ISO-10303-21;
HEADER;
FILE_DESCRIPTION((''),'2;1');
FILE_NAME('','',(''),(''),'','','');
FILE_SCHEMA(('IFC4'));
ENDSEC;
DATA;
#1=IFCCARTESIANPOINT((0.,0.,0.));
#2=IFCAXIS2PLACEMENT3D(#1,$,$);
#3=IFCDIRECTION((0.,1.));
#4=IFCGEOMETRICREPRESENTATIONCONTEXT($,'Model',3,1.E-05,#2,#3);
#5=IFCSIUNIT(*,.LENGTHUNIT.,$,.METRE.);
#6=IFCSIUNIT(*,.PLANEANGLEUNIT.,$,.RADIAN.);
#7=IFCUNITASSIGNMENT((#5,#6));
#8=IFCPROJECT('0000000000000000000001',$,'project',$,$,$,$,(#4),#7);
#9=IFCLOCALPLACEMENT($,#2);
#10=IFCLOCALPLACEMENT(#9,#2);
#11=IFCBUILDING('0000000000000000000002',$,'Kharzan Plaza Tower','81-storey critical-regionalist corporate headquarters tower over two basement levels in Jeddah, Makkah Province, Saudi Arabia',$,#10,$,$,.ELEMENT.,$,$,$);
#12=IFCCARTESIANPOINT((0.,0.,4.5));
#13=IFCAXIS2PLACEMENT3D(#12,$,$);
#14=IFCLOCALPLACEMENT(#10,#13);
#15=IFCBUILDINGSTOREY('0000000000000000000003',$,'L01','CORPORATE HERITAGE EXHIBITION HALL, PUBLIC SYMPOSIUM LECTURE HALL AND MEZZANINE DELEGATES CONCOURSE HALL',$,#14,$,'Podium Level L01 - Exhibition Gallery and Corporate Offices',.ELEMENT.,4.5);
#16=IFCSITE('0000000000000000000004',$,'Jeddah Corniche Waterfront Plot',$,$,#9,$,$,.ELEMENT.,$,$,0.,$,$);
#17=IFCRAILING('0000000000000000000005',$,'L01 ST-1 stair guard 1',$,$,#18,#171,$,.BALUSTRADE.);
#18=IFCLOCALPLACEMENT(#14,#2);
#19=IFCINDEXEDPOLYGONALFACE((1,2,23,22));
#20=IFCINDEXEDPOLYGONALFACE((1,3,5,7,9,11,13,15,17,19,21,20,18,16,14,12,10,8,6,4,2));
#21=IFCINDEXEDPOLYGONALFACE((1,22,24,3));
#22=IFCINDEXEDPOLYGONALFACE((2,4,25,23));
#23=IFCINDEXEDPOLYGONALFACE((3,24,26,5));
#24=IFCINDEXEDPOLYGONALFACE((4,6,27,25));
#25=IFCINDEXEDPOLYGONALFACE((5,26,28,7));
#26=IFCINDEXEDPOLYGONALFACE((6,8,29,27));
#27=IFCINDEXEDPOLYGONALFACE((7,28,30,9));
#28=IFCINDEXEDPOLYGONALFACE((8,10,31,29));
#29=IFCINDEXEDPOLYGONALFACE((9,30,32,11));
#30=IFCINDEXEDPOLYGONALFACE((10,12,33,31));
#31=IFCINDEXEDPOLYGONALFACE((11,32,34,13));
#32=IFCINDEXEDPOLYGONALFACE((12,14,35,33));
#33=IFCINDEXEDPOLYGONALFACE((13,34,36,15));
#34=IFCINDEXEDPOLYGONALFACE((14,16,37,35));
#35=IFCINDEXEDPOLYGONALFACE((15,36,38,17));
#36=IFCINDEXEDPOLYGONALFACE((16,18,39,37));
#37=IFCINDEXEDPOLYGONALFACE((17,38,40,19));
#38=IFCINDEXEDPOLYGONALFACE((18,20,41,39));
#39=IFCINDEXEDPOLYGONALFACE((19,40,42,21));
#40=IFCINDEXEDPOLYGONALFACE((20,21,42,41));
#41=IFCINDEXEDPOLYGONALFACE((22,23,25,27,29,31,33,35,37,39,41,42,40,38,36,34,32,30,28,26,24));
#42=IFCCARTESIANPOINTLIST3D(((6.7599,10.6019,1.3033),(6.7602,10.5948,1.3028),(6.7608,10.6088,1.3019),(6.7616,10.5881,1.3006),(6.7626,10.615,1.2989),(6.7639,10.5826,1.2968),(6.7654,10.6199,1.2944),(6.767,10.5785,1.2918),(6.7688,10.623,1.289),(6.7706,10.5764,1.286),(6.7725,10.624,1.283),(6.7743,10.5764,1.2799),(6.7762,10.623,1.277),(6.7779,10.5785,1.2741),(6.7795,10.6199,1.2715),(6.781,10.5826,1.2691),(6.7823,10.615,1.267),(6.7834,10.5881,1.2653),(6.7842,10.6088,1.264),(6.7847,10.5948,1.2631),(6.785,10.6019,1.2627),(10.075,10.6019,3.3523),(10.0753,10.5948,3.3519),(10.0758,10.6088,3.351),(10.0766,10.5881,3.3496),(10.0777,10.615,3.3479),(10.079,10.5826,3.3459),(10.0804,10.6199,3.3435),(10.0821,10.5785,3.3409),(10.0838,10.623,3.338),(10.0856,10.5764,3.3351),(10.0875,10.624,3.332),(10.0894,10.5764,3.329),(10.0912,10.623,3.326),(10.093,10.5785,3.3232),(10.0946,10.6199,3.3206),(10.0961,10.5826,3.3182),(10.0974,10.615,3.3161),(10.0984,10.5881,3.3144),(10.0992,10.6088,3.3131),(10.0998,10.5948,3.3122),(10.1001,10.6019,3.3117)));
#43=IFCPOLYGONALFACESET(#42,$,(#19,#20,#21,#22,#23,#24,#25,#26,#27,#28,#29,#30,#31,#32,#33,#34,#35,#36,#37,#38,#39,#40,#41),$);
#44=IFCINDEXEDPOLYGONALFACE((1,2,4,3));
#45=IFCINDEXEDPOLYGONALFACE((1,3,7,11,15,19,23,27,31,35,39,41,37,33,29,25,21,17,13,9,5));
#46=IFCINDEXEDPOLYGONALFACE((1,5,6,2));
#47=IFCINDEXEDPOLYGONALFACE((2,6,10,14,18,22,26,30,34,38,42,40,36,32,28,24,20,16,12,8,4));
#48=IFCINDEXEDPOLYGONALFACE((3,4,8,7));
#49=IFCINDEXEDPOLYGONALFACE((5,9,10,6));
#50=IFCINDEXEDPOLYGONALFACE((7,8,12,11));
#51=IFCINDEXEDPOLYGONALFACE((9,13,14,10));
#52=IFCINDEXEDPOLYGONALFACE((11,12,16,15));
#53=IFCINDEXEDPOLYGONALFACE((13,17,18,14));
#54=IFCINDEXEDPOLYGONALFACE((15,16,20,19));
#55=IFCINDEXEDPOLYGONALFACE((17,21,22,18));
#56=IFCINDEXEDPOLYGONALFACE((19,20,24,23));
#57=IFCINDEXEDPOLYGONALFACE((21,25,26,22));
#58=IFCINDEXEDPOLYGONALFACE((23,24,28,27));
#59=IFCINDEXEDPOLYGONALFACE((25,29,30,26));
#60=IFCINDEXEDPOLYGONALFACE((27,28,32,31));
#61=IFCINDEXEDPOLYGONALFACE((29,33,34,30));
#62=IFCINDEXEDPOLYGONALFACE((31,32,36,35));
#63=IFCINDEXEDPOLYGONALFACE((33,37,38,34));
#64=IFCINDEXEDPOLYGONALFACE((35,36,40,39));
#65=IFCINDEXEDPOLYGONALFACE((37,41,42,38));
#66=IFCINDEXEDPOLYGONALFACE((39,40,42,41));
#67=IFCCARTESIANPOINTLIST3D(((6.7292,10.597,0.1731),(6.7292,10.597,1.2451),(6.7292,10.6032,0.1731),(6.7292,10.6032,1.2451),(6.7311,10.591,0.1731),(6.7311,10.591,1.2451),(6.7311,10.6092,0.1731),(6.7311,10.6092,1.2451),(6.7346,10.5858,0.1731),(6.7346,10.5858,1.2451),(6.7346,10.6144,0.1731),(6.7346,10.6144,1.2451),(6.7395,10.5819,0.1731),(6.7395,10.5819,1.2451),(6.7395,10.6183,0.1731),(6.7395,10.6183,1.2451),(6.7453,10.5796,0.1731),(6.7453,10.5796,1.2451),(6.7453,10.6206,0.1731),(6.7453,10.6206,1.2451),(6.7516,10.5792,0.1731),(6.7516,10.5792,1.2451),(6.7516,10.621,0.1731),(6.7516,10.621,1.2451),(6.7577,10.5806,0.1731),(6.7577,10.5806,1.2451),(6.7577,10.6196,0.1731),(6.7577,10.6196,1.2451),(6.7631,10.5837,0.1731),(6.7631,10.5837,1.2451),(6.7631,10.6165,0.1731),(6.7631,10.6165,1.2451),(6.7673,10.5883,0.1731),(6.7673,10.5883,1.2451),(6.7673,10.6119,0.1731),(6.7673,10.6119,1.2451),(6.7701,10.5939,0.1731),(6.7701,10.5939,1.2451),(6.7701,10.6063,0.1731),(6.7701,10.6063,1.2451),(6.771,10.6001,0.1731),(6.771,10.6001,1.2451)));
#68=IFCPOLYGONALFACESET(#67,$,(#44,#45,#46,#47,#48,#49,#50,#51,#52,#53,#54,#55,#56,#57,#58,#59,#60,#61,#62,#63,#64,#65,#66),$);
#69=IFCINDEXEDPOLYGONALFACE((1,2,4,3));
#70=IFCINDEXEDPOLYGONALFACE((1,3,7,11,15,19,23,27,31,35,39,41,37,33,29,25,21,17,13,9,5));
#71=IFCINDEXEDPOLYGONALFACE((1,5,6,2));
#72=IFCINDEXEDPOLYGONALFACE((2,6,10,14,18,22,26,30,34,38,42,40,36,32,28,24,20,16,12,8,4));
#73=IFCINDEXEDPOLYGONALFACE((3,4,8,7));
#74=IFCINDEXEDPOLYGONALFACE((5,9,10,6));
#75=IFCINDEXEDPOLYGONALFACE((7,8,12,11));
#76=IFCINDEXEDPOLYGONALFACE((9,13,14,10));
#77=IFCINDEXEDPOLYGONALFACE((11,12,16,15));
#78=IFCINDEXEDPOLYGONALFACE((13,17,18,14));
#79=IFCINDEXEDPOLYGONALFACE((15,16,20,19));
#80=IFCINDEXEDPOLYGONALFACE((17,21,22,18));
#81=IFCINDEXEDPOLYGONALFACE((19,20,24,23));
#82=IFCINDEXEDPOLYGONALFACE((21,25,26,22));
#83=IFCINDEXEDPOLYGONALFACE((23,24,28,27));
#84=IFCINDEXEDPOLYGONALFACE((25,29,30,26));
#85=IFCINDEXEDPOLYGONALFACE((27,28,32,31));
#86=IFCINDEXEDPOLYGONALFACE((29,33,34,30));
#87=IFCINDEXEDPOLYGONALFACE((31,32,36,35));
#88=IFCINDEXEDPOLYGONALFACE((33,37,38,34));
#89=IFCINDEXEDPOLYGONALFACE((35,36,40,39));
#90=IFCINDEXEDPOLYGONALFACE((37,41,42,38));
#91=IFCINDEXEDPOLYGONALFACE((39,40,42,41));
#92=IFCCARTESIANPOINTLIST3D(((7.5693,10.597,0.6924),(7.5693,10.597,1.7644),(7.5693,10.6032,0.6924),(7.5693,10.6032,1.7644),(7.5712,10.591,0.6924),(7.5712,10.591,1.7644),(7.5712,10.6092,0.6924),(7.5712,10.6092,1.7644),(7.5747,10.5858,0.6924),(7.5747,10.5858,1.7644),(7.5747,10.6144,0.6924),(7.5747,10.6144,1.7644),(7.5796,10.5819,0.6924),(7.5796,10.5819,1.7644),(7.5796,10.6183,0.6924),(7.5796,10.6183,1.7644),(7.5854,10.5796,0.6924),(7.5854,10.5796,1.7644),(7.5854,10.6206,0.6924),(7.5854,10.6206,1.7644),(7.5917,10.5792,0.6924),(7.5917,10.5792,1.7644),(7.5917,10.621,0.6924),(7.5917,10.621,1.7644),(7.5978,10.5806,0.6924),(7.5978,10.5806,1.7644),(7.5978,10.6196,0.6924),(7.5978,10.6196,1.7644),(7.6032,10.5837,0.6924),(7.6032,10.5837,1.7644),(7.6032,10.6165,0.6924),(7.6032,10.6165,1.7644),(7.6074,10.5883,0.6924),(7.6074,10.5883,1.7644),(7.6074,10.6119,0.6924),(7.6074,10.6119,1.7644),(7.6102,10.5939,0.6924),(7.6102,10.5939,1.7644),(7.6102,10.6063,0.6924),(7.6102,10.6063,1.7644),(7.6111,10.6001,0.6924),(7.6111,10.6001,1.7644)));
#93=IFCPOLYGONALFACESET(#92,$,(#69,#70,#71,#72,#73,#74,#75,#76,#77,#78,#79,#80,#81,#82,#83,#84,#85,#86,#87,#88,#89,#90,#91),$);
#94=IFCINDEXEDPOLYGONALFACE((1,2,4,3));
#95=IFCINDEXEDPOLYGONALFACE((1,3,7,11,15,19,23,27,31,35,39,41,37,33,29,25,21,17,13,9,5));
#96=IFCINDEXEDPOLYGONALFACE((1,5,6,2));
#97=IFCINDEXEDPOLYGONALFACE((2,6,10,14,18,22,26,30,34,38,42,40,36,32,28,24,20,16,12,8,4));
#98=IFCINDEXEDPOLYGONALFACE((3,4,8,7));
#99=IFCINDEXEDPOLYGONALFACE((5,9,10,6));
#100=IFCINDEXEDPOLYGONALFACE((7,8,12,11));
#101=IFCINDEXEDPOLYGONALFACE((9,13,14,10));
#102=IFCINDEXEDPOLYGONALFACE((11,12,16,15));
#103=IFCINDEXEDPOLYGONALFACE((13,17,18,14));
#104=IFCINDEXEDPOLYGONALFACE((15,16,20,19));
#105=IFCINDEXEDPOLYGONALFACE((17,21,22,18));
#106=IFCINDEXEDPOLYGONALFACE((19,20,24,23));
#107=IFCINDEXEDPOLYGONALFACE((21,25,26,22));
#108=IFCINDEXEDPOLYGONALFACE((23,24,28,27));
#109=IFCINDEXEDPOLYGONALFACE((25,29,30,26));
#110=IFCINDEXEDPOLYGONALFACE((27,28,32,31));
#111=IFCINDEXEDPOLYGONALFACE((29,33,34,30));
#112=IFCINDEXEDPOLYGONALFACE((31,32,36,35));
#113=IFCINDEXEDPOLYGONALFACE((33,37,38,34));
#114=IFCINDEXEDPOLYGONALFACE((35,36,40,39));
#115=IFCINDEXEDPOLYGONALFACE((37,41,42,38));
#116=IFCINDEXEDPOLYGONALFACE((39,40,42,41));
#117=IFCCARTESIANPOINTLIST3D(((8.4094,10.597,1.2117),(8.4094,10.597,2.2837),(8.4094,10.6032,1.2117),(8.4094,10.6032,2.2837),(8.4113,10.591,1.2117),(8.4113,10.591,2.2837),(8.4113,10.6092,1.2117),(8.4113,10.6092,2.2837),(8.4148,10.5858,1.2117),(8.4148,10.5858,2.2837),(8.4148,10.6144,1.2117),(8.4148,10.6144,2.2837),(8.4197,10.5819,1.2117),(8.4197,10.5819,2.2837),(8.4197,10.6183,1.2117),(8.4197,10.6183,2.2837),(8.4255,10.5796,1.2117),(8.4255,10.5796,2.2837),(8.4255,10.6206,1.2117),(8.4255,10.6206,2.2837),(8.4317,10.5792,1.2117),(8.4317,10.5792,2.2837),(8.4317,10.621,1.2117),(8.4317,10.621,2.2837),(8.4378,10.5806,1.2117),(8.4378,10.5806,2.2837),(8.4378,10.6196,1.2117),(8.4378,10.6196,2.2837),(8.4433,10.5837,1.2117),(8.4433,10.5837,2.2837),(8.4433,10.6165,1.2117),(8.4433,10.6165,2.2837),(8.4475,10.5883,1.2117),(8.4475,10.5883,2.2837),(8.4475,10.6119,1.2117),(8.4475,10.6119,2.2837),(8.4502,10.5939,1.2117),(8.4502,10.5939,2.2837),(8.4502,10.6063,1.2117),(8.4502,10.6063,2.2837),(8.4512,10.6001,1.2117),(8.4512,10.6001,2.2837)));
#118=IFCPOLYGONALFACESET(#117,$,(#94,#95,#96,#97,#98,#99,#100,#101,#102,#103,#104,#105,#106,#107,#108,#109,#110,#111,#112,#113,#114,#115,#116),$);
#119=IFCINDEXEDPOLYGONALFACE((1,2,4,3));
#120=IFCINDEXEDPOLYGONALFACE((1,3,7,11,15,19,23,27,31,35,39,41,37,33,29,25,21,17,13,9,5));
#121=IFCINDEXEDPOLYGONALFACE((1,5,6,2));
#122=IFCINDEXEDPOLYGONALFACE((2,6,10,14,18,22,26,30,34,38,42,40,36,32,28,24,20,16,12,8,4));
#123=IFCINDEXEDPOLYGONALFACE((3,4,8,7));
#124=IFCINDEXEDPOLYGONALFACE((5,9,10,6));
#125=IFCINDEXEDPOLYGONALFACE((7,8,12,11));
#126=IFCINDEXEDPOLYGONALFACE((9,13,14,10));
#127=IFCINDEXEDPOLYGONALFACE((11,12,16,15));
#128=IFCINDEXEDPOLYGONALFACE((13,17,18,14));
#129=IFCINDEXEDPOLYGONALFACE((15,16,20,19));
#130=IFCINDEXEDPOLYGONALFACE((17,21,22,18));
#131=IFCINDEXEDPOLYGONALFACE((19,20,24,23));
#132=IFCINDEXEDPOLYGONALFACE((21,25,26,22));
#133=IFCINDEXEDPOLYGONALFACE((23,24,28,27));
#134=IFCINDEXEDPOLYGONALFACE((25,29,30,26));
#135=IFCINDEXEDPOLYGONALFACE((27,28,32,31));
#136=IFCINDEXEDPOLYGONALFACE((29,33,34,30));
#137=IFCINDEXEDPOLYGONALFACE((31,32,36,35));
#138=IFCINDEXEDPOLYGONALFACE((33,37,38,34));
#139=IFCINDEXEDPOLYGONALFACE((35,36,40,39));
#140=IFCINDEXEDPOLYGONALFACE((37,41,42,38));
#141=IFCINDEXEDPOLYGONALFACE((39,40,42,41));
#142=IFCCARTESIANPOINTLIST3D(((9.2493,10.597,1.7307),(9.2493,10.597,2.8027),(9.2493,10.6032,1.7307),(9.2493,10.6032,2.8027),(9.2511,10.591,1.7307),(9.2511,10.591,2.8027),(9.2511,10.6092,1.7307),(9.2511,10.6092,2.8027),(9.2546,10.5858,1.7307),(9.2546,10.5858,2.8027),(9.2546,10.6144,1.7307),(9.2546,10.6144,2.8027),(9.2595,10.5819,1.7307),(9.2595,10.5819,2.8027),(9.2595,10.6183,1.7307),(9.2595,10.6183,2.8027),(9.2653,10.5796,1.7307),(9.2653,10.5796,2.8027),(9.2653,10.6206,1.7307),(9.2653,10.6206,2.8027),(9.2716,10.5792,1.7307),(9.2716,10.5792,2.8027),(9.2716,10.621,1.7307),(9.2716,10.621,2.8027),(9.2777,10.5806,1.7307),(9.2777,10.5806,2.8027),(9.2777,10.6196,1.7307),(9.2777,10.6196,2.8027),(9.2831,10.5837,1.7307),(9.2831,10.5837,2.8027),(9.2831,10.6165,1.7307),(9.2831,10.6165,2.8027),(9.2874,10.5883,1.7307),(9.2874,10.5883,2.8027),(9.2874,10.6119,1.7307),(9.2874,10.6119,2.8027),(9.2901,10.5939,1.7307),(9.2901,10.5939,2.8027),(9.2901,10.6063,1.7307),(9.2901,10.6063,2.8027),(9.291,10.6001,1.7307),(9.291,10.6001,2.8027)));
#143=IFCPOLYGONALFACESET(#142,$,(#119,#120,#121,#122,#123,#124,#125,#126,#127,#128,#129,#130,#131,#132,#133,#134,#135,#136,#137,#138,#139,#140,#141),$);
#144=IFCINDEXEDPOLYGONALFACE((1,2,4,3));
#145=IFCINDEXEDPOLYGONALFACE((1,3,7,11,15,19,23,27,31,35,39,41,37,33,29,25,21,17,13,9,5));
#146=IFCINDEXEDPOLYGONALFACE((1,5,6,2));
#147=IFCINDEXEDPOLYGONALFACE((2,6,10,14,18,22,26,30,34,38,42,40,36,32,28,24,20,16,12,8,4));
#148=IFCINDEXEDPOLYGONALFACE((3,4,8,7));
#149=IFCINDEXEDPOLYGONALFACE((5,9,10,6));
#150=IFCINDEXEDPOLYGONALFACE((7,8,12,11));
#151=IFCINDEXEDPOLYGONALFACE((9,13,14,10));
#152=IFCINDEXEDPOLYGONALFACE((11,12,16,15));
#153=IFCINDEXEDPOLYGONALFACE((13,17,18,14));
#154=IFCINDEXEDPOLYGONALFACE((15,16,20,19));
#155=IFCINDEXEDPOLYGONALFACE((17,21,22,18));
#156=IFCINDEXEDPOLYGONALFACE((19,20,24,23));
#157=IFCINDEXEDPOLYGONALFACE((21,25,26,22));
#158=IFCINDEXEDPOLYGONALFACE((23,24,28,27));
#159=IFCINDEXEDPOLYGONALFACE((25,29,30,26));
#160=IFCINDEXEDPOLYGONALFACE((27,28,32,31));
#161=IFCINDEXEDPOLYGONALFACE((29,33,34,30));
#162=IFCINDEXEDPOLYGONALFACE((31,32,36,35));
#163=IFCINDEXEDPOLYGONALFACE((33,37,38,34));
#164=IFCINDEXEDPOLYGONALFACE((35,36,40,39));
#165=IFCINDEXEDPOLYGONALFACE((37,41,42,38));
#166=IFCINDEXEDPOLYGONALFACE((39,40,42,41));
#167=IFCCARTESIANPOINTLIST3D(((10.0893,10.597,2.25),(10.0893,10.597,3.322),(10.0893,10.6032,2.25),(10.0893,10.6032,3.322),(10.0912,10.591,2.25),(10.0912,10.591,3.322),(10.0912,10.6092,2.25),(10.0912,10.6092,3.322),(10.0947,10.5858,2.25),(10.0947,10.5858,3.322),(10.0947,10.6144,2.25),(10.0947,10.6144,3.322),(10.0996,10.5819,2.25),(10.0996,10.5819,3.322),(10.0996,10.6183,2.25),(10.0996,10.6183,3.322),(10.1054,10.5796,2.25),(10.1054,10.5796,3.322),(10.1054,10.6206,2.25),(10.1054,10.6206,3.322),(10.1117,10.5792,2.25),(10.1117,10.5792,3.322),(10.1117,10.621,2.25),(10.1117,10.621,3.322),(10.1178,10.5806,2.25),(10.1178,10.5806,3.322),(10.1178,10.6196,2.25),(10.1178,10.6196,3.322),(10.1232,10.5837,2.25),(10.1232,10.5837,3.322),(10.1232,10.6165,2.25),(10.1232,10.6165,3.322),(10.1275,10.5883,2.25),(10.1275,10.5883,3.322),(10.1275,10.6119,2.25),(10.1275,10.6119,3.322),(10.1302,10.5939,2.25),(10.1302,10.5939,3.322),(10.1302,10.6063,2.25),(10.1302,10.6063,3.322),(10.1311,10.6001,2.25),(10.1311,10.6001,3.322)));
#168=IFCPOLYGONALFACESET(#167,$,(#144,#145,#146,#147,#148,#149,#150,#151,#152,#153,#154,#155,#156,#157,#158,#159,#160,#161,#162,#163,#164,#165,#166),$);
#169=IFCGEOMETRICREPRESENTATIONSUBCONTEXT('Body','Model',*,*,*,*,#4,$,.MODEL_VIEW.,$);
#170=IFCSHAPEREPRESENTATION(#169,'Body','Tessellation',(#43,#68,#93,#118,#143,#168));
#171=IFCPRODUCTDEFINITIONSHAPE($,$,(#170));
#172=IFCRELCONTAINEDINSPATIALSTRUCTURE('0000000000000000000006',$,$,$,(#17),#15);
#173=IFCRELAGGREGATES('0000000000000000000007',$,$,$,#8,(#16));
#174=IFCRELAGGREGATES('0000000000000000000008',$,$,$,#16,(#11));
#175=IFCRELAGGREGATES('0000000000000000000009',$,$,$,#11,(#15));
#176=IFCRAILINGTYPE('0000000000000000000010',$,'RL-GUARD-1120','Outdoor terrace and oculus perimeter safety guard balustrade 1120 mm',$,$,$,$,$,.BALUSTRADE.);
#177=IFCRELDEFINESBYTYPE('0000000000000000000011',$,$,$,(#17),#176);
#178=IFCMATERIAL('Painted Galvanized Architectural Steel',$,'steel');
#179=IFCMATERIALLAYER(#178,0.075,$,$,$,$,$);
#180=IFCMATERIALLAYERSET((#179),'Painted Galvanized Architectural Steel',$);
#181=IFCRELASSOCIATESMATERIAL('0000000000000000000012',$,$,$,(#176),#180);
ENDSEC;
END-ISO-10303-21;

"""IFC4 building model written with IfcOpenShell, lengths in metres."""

from ifc_helpers import new_model, si_unit, direction, frame, origin, origin_2d, place, context, subcontext, project, spatial, circle, extrude, source, transform, mapped, material, layer, layer_set, type_object, element, save


model = new_model("IFC4")

# Units and contexts
model_context = context("Model", 3, precision=1e-05, world=origin(), true_north=direction((0.0, 1.0)))
body_context = subcontext(model_context, "Body", "Model", "MODEL_VIEW")
ifc_project = project(units=[si_unit("LENGTHUNIT", "METRE"), si_unit("PLANEANGLEUNIT", "RADIAN")], contexts=[model_context])

# Site, building, storey
site_placement = place(None, origin())
site = spatial("IfcSite", under=ifc_project, at=site_placement, Name="Jeddah Corniche Waterfront Plot", CompositionType="ELEMENT", RefElevation=0.0)
building_placement = place(site_placement, origin())
building = spatial("IfcBuilding", under=site, at=building_placement, Name="Kharzan Plaza Tower", Description="81-storey critical-regionalist corporate headquarters tower over two basement levels in Jeddah, Makkah Province, Saudi Arabia", CompositionType="ELEMENT")
storey_placement = place(building_placement, frame((0.0, 0.0, 4.5)))
storey = spatial("IfcBuildingStorey", under=building, at=storey_placement, Name="L01", Description="CORPORATE HERITAGE EXHIBITION HALL, PUBLIC SYMPOSIUM LECTURE HALL AND MEZZANINE DELEGATES CONCOURSE HALL", LongName="Podium Level L01 - Exhibition Gallery and Corporate Offices", CompositionType="ELEMENT", Elevation=4.5)

# Railing
ifc_material_1 = material(Name="Painted Galvanized Architectural Steel", Category="steel")
ifc_layer_1 = layer(ifc_material_1, 0.075)
ifc_layer_set_1 = layer_set([ifc_layer_1], Name="Painted Galvanized Architectural Steel")
railing_type_1 = type_object("IfcRailingType", Name="RL-GUARD-1120", Description="Outdoor terrace and oculus perimeter safety guard balustrade 1120 mm", PredefinedType="BALUSTRADE", material=ifc_layer_set_1)
shared_shape_1 = source(origin(), body_context, "Body", "SweptSolid", [
    extrude(circle(Radius=0.0239, at=origin_2d()), frame((0.0225, 0.0, 1.1099), z_axis=(0.850623, 0.0, 0.525776), x_axis=(0.0, 1.0, 0.0)), (0.0, 0.0, 1.0), 3.8972),
    extrude(circle(Radius=0.021, at=origin_2d()), origin(), (0.0, 0.0, 1.0), 1.072),
    extrude(circle(Radius=0.021, at=origin_2d()), frame((0.8401, 0.0, 0.5193)), (0.0, 0.0, 1.0), 1.072),
    extrude(circle(Radius=0.021, at=origin_2d()), frame((1.6802, 0.0, 1.0386)), (0.0, 0.0, 1.0), 1.072),
    extrude(circle(Radius=0.021, at=origin_2d()), frame((2.52, 0.0, 1.5576)), (0.0, 0.0, 1.0), 1.072),
    extrude(circle(Radius=0.021, at=origin_2d()), frame((3.3601, 0.0, 2.0769)), (0.0, 0.0, 1.0), 1.072),
])
railing_1_placement = place(storey_placement, frame((6.75, 10.6001, 0.1731)))
element("IfcRailing", 1, at=railing_1_placement, inside=storey, type_object=railing_type_1, Name="L01 ST-1 stair guard 1", PredefinedType="BALUSTRADE", context=body_context, shape_type="MappedRepresentation", body=[
    mapped(shared_shape_1, transform((0.0, 0.0, 0.0), x_axis=(1.0, 0.0, 0.0), y_axis=(0.0, 1.0, 0.0), z_axis=(0.0, 0.0, 1.0))),
])

save(model, "model.ifc")
